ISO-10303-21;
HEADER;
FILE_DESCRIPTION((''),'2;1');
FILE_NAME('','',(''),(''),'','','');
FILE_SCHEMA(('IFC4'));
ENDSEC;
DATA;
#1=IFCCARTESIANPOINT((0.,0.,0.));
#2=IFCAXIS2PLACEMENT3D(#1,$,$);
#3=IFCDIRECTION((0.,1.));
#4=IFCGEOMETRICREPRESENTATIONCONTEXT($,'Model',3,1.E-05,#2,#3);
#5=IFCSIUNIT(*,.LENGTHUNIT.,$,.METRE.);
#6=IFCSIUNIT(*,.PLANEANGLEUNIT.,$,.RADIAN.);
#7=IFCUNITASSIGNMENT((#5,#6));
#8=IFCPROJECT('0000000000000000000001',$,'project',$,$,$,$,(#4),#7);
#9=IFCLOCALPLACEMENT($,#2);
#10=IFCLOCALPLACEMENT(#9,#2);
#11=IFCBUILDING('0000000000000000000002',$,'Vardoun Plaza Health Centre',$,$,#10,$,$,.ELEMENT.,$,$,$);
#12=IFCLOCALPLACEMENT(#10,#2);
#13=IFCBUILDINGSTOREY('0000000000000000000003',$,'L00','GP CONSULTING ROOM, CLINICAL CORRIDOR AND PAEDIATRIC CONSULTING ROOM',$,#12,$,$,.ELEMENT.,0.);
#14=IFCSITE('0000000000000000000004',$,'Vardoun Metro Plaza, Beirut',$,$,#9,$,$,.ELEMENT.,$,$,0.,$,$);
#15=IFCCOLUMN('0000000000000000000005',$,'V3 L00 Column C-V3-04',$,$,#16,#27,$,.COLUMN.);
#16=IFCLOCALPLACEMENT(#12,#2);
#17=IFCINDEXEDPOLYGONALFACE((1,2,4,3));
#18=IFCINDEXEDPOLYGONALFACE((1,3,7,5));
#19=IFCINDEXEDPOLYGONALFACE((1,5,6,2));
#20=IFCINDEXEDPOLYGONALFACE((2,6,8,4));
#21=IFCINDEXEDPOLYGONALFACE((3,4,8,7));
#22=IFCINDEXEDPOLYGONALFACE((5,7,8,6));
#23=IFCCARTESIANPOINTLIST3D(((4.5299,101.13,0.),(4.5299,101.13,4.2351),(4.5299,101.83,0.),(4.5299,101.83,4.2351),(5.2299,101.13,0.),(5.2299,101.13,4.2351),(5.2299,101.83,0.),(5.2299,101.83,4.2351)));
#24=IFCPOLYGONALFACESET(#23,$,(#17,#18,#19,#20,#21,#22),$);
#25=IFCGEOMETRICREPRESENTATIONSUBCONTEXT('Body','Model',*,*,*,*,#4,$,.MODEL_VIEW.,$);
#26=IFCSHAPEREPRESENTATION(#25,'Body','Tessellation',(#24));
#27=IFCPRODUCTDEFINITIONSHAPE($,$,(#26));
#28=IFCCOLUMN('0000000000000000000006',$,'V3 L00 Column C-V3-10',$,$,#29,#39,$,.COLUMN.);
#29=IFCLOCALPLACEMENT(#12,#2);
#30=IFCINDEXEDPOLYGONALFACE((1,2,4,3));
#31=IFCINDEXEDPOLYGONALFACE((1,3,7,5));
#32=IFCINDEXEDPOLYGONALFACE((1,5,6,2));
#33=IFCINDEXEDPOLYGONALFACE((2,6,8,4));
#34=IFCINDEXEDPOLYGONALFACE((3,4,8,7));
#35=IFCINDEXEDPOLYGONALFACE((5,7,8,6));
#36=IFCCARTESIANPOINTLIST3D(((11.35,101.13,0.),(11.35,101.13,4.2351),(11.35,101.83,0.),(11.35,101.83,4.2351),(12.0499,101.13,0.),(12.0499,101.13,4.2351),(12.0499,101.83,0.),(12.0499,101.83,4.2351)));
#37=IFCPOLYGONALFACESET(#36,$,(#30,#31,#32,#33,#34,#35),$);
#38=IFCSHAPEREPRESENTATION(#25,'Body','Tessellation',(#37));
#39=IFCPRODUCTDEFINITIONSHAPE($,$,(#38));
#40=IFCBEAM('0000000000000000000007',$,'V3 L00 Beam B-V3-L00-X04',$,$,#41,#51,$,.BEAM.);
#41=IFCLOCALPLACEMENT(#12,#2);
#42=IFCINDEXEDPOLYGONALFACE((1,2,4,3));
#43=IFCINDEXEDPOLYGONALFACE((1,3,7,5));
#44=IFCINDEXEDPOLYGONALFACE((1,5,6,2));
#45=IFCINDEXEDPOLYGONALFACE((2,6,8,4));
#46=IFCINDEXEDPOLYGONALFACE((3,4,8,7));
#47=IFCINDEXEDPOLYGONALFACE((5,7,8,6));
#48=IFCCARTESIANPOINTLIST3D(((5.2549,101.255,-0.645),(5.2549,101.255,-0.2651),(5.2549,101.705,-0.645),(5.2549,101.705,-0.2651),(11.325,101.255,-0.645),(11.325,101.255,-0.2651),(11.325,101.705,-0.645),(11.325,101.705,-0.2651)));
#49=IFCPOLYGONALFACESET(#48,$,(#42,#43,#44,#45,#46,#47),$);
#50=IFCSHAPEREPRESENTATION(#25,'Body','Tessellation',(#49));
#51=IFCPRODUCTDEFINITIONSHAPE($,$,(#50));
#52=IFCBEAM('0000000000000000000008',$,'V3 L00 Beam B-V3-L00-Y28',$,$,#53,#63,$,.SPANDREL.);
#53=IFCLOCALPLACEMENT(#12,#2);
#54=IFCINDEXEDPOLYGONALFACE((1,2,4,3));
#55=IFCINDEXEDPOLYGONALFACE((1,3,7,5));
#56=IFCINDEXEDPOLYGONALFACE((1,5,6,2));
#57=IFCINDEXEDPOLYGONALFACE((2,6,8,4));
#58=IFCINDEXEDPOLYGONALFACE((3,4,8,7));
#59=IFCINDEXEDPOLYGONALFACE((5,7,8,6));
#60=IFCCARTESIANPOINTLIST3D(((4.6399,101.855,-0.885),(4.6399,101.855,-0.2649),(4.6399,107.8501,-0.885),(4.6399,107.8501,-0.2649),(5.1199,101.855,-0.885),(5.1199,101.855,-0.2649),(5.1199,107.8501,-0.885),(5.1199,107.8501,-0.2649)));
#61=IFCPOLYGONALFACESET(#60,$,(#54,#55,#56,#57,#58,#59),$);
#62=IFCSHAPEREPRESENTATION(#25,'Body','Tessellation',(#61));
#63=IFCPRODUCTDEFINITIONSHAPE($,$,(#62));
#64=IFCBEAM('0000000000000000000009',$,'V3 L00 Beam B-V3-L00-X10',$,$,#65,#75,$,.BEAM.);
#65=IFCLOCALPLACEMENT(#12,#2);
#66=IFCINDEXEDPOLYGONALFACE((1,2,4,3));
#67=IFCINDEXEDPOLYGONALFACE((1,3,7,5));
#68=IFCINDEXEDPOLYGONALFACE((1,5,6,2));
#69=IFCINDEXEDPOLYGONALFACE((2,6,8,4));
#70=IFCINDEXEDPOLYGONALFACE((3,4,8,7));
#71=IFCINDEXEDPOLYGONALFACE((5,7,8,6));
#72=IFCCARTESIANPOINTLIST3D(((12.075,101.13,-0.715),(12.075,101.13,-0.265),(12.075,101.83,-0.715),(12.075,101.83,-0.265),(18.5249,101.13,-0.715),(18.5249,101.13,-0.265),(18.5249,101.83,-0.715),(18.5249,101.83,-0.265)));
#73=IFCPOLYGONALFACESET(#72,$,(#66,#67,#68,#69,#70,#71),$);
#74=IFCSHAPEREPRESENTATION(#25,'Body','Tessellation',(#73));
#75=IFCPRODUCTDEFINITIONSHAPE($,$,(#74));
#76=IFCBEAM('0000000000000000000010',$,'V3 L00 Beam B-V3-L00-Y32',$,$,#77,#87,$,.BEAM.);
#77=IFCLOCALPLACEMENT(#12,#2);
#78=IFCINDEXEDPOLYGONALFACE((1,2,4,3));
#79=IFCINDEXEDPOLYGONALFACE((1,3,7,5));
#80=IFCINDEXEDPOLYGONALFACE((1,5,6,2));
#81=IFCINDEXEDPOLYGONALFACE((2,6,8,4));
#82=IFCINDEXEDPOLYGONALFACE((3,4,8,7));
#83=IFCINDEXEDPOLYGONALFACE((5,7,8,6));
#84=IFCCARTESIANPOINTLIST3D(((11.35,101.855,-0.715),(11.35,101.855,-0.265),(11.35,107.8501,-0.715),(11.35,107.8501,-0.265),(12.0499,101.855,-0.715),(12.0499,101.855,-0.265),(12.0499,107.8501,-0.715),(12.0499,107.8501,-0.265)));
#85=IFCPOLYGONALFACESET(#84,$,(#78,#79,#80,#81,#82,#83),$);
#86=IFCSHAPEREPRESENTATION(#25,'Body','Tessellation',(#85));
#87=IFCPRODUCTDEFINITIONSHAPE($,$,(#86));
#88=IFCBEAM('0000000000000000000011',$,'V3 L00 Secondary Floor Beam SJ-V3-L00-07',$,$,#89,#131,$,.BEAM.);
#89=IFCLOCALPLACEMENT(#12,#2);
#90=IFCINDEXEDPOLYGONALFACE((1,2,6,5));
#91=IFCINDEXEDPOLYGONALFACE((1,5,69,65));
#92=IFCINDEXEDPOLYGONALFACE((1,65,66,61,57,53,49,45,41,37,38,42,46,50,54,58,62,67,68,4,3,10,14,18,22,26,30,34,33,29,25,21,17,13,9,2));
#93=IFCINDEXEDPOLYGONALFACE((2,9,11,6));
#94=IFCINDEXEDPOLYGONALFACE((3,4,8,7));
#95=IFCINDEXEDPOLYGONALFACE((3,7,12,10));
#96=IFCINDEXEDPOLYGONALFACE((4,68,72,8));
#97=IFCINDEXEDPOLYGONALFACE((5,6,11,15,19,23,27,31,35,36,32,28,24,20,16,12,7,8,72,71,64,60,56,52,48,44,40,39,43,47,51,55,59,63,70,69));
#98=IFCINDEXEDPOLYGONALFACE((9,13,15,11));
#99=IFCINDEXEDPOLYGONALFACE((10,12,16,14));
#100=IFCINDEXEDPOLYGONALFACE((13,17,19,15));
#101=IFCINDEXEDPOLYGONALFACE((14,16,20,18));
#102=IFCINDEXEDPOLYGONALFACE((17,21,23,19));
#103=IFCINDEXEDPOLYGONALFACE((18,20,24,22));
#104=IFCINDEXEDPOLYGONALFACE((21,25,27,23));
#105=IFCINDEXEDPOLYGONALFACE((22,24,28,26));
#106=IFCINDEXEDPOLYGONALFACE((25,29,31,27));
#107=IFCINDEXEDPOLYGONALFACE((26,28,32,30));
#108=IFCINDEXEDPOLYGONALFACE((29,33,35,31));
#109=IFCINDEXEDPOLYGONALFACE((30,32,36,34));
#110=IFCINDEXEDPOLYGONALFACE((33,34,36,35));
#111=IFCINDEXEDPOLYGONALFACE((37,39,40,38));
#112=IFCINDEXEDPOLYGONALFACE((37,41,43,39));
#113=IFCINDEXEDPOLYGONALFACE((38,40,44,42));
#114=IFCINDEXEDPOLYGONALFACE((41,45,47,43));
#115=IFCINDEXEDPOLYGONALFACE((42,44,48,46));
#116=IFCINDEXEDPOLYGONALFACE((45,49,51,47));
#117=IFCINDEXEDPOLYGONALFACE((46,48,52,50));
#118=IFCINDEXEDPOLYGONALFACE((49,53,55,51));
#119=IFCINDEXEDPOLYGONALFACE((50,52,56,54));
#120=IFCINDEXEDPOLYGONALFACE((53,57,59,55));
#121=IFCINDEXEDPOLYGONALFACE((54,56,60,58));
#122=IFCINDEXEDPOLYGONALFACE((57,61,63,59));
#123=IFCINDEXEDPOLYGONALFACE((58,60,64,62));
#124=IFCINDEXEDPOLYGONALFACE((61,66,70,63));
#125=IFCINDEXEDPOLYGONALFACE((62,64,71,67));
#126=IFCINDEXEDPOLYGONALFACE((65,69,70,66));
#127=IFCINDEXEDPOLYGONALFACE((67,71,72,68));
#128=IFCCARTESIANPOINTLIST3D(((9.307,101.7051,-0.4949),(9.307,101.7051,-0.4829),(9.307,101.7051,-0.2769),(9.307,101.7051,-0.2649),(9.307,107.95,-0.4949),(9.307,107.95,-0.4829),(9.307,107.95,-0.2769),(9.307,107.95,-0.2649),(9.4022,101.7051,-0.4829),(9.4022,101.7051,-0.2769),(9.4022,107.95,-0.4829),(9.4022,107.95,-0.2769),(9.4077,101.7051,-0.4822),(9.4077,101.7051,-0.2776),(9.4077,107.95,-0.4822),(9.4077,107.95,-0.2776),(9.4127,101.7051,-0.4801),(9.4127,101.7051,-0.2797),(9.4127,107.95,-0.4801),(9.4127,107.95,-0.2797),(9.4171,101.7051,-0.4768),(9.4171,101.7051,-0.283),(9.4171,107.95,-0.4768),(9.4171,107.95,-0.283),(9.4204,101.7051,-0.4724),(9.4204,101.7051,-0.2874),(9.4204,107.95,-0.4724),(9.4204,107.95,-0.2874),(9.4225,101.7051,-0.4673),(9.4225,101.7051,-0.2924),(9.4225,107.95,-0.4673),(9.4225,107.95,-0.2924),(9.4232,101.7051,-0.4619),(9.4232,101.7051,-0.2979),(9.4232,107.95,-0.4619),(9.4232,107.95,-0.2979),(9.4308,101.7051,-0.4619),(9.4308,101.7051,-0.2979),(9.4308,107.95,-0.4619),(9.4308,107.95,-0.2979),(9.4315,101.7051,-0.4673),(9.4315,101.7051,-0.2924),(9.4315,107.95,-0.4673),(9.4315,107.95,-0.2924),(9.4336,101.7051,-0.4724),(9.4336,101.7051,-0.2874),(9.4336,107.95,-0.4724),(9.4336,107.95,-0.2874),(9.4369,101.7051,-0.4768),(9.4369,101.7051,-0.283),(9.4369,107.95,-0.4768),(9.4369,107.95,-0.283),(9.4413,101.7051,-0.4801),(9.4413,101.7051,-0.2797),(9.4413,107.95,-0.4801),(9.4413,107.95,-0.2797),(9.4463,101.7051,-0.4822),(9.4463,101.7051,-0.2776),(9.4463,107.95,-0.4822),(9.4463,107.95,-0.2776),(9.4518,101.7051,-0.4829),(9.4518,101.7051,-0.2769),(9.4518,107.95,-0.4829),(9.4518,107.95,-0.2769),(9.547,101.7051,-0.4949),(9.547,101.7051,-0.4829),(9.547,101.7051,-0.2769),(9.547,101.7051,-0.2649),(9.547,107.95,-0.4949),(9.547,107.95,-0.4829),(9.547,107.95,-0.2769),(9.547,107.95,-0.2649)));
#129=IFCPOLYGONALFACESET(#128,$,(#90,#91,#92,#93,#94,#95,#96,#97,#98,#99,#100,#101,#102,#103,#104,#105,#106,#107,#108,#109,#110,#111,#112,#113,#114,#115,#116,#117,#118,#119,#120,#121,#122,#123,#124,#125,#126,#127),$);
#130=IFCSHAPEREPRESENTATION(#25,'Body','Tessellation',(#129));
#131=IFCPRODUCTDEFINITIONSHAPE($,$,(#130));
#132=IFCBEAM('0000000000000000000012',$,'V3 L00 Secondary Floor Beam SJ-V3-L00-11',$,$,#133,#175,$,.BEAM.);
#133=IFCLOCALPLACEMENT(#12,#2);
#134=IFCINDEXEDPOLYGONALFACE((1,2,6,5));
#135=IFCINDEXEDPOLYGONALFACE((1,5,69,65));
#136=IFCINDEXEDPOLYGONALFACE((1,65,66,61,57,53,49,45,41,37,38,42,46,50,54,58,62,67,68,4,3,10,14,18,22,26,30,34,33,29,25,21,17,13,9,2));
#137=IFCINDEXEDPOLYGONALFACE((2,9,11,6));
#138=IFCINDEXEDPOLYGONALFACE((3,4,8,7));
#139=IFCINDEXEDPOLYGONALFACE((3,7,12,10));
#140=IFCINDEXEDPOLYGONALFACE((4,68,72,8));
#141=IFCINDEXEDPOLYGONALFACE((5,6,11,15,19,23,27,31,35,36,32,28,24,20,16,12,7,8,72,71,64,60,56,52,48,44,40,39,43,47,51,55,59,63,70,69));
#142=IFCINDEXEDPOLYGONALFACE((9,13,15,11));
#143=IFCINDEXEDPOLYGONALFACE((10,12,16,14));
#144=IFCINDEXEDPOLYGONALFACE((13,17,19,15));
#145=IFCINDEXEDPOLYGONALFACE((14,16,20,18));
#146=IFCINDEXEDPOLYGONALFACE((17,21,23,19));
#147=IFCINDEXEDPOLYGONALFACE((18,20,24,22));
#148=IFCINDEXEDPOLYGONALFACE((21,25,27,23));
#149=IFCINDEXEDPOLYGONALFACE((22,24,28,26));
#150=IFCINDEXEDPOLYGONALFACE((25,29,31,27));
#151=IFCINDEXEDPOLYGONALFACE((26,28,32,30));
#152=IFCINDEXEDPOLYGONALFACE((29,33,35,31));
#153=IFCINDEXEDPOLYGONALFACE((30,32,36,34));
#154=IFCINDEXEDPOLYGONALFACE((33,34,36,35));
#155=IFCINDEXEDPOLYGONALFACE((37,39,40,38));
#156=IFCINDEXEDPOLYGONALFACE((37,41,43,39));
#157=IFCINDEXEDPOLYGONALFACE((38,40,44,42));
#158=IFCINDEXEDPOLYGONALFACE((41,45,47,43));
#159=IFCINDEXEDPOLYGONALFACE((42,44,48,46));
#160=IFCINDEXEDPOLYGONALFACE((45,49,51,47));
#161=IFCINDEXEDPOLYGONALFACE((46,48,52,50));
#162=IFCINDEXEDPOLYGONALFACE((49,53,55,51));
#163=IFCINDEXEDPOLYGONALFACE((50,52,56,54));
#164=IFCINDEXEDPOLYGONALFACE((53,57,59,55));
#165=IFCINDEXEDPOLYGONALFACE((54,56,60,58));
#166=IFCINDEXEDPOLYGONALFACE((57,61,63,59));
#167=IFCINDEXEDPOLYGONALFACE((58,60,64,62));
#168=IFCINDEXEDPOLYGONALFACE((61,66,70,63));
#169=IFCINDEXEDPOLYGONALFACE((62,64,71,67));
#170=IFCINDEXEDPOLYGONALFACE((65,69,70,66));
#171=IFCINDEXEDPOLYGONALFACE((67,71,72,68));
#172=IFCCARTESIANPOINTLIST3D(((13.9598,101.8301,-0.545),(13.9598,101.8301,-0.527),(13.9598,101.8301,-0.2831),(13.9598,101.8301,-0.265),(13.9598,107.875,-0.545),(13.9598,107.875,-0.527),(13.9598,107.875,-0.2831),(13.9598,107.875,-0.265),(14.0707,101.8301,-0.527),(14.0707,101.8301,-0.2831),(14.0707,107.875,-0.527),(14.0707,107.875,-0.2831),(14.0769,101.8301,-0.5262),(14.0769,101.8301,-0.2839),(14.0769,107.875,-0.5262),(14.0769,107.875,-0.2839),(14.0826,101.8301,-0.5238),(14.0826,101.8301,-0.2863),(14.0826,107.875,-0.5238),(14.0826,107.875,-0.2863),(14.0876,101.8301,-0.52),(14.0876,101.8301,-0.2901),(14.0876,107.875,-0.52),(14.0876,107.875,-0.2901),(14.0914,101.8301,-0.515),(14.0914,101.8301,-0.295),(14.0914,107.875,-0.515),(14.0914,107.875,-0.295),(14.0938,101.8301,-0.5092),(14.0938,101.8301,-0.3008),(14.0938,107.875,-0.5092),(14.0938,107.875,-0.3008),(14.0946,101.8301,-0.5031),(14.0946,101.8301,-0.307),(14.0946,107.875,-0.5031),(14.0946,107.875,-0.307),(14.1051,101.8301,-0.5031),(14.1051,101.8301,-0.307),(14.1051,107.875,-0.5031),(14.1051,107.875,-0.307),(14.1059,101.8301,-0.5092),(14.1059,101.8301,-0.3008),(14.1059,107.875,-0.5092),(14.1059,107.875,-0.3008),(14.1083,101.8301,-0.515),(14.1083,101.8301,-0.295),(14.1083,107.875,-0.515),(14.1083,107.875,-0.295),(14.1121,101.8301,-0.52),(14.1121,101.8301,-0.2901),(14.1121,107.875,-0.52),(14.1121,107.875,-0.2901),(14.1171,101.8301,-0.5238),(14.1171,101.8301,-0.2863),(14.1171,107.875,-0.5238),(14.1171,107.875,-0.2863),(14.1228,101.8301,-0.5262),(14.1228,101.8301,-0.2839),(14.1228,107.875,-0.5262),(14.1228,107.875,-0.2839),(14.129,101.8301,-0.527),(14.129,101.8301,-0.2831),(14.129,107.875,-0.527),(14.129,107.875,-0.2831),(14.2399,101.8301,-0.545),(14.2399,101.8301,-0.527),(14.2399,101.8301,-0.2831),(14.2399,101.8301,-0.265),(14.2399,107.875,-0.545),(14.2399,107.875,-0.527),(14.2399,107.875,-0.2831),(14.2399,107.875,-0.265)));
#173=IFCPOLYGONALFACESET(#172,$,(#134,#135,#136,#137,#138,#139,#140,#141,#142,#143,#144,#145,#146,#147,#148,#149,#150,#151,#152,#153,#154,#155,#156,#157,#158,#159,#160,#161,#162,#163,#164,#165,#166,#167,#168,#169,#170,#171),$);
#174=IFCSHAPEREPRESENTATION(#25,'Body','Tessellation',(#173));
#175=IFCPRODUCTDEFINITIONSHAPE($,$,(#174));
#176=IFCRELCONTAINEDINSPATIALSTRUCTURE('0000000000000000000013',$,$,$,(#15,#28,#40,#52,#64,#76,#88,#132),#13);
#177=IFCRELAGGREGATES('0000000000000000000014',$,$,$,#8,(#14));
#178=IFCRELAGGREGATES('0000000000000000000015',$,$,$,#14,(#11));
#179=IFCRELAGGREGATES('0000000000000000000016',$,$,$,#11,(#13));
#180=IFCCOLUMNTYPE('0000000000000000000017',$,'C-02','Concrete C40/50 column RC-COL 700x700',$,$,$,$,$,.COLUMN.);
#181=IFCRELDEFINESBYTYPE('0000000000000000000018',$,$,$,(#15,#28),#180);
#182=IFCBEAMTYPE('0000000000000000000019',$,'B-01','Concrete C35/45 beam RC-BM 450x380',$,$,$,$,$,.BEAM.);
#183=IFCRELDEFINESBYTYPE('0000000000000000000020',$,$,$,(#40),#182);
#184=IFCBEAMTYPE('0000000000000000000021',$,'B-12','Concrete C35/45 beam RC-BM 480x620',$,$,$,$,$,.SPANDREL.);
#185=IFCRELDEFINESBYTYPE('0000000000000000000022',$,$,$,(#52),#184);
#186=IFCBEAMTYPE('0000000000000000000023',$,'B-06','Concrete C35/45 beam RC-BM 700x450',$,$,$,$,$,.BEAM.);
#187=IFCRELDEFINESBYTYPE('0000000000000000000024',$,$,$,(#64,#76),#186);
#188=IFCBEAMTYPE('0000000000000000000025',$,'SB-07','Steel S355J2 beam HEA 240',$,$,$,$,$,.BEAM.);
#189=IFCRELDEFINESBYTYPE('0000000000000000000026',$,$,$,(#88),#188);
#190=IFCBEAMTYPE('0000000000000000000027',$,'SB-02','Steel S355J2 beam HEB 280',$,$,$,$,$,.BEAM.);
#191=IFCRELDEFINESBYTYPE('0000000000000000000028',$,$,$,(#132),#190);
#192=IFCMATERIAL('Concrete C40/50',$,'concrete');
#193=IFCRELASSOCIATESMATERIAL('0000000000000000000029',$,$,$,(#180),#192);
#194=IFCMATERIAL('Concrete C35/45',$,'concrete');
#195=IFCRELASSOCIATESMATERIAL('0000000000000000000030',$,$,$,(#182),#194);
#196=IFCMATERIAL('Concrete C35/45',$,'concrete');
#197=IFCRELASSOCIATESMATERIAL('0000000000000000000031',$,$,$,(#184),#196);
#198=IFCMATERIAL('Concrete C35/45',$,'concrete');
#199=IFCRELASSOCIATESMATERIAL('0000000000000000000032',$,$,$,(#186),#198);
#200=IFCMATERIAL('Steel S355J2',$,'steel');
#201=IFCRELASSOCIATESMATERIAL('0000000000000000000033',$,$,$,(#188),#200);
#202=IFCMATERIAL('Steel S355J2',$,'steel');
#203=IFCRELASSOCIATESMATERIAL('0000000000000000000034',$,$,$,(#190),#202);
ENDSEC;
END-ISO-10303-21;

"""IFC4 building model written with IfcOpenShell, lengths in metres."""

from ifc_helpers import new_model, si_unit, direction, frame, origin, origin_2d, place, context, subcontext, project, spatial, rectangle, i_section, extrude, material, material_profile, profile_set, type_object, element, save


model = new_model("IFC4")

# Units and contexts
model_context = context("Model", 3, precision=1e-05, world=origin(), true_north=direction((0.0, 1.0)))
body_context = subcontext(model_context, "Body", "Model", "MODEL_VIEW")
ifc_project = project(units=[si_unit("LENGTHUNIT", "METRE"), si_unit("PLANEANGLEUNIT", "RADIAN")], contexts=[model_context])

# Site, building, storey
site_placement = place(None, origin())
site = spatial("IfcSite", under=ifc_project, at=site_placement, Name="Vardoun Metro Plaza, Beirut", CompositionType="ELEMENT", RefElevation=0.0)
building_placement = place(site_placement, origin())
building = spatial("IfcBuilding", under=site, at=building_placement, Name="Vardoun Plaza Health Centre", CompositionType="ELEMENT")
storey_placement = place(building_placement, origin())
storey = spatial("IfcBuildingStorey", under=building, at=storey_placement, Name="L00", Description="GP CONSULTING ROOM, CLINICAL CORRIDOR AND PAEDIATRIC CONSULTING ROOM", CompositionType="ELEMENT", Elevation=0.0)

# Columns
ifc_material_1 = material(Name="Concrete C40/50", Category="concrete")
ifc_material_profile_1 = material_profile(ifc_material_1, rectangle(XDim=0.7, YDim=0.7, at=origin_2d()), Name="RC-COL 700x700")
ifc_profile_set_1 = profile_set([ifc_material_profile_1], Name="Concrete C40/50")
column_type = type_object("IfcColumnType", Name="C-02", Description="Concrete C40/50 column RC-COL 700x700", PredefinedType="COLUMN", material=ifc_profile_set_1)
for number, where, z_axis, x_axis, name in (
    (1, (4.8799, 101.48, 0.0), (0.0, 0.0, 1.0), (1.0, 0.0, 0.0), "V3 L00 Column C-V3-04"),
    (2, (11.7, 101.48, 0.0), (0.0, 0.0, 1.0), (1.0, 0.0, 0.0), "V3 L00 Column C-V3-10"),
):
    element("IfcColumn", number, at=place(storey_placement, frame(where, z_axis=z_axis, x_axis=x_axis)), inside=storey, type_object=column_type, Name=name, PredefinedType="COLUMN", context=body_context, shape_type="SweptSolid", body=[
        extrude(rectangle(XDim=0.7, YDim=0.7, at=origin_2d()), origin(), (0.0, 0.0, 1.0), 4.2351),
    ])

# Beams
ifc_material_2 = material(Name="Concrete C35/45", Category="concrete")
ifc_material_profile_2 = material_profile(ifc_material_2, rectangle(XDim=0.45, YDim=0.3799, at=origin_2d()), Name="RC-BM 450x380")
ifc_profile_set_2 = profile_set([ifc_material_profile_2], Name="Concrete C35/45")
beam_type_1 = type_object("IfcBeamType", Name="B-01", Description="Concrete C35/45 beam RC-BM 450x380", PredefinedType="BEAM", material=ifc_profile_set_2)
beam_1_placement = place(storey_placement, frame((5.2549, 101.48, -0.4551), z_axis=(1.0, 0.0, 0.0), x_axis=(0.0, 1.0, 0.0)))
element("IfcBeam", 3, at=beam_1_placement, inside=storey, type_object=beam_type_1, Name="V3 L00 Beam B-V3-L00-X04", PredefinedType="BEAM", context=body_context, shape_type="SweptSolid", body=[
    extrude(rectangle(XDim=0.45, YDim=0.3799, at=origin_2d()), origin(), (0.0, 0.0, 1.0), 6.0701),
])
ifc_material_3 = material(Name="Concrete C35/45", Category="concrete")
ifc_material_profile_3 = material_profile(ifc_material_3, rectangle(XDim=0.48, YDim=0.6201, at=origin_2d()), Name="RC-BM 480x620")
ifc_profile_set_3 = profile_set([ifc_material_profile_3], Name="Concrete C35/45")
beam_type_2 = type_object("IfcBeamType", Name="B-12", Description="Concrete C35/45 beam RC-BM 480x620", PredefinedType="SPANDREL", material=ifc_profile_set_3)
beam_2_placement = place(storey_placement, frame((4.8799, 101.855, -0.575), z_axis=(0.0, 1.0, 0.0), x_axis=(-1.0, 0.0, 0.0)))
element("IfcBeam", 4, at=beam_2_placement, inside=storey, type_object=beam_type_2, Name="V3 L00 Beam B-V3-L00-Y28", PredefinedType="SPANDREL", context=body_context, shape_type="SweptSolid", body=[
    extrude(rectangle(XDim=0.48, YDim=0.6201, at=origin_2d()), origin(), (0.0, 0.0, 1.0), 5.9951),
])
ifc_material_4 = material(Name="Concrete C35/45", Category="concrete")
ifc_material_profile_4 = material_profile(ifc_material_4, rectangle(XDim=0.7, YDim=0.45, at=origin_2d()), Name="RC-BM 700x450")
ifc_profile_set_4 = profile_set([ifc_material_profile_4], Name="Concrete C35/45")
beam_type_3 = type_object("IfcBeamType", Name="B-06", Description="Concrete C35/45 beam RC-BM 700x450", PredefinedType="BEAM", material=ifc_profile_set_4)
beam_3_placement = place(storey_placement, frame((12.075, 101.48, -0.49), z_axis=(1.0, 0.0, 0.0), x_axis=(0.0, 1.0, 0.0)))
element("IfcBeam", 5, at=beam_3_placement, inside=storey, type_object=beam_type_3, Name="V3 L00 Beam B-V3-L00-X10", PredefinedType="BEAM", context=body_context, shape_type="SweptSolid", body=[
    extrude(rectangle(XDim=0.7, YDim=0.45, at=origin_2d()), origin(), (0.0, 0.0, 1.0), 6.45),
])
beam_4_placement = place(storey_placement, frame((11.7, 101.855, -0.49), z_axis=(0.0, 1.0, 0.0), x_axis=(-1.0, 0.0, 0.0)))
element("IfcBeam", 6, at=beam_4_placement, inside=storey, type_object=beam_type_3, Name="V3 L00 Beam B-V3-L00-Y32", PredefinedType="BEAM", context=body_context, shape_type="SweptSolid", body=[
    extrude(rectangle(XDim=0.7, YDim=0.45, at=origin_2d()), origin(), (0.0, 0.0, 1.0), 5.9951),
])
ifc_material_5 = material(Name="Steel S355J2", Category="steel")
ifc_material_profile_5 = material_profile(ifc_material_5, i_section(OverallWidth=0.24, OverallDepth=0.23, WebThickness=0.0076, FlangeThickness=0.012, FilletRadius=0.021, at=origin_2d()), Name="HEA 240")
ifc_profile_set_5 = profile_set([ifc_material_profile_5], Name="Steel S355J2")
beam_type_4 = type_object("IfcBeamType", Name="SB-07", Description="Steel S355J2 beam HEA 240", PredefinedType="BEAM", material=ifc_profile_set_5)
beam_5_placement = place(storey_placement, frame((9.427, 101.7051, -0.3799), z_axis=(0.0, 1.0, 0.0), x_axis=(-1.0, 0.0, 0.0)))
element("IfcBeam", 7, at=beam_5_placement, inside=storey, type_object=beam_type_4, Name="V3 L00 Secondary Floor Beam SJ-V3-L00-07", PredefinedType="BEAM", context=body_context, shape_type="SweptSolid", body=[
    extrude(i_section(OverallWidth=0.24, OverallDepth=0.23, WebThickness=0.0076, FlangeThickness=0.012, FilletRadius=0.021, at=origin_2d()), origin(), (0.0, 0.0, 1.0), 6.2449),
])
ifc_material_6 = material(Name="Steel S355J2", Category="steel")
ifc_material_profile_6 = material_profile(ifc_material_6, i_section(OverallWidth=0.28, OverallDepth=0.28, WebThickness=0.0105, FlangeThickness=0.0181, FilletRadius=0.0239, at=origin_2d()), Name="HEB 280")
ifc_profile_set_6 = profile_set([ifc_material_profile_6], Name="Steel S355J2")
beam_type_5 = type_object("IfcBeamType", Name="SB-02", Description="Steel S355J2 beam HEB 280", PredefinedType="BEAM", material=ifc_profile_set_6)
beam_6_placement = place(storey_placement, frame((14.0999, 101.8301, -0.405), z_axis=(0.0, 1.0, 0.0), x_axis=(-1.0, 0.0, 0.0)))
element("IfcBeam", 8, at=beam_6_placement, inside=storey, type_object=beam_type_5, Name="V3 L00 Secondary Floor Beam SJ-V3-L00-11", PredefinedType="BEAM", context=body_context, shape_type="SweptSolid", body=[
    extrude(i_section(OverallWidth=0.28, OverallDepth=0.28, WebThickness=0.0105, FlangeThickness=0.0181, FilletRadius=0.0239, at=origin_2d()), origin(), (0.0, 0.0, 1.0), 6.0449),
])

save(model, "model.ifc")
